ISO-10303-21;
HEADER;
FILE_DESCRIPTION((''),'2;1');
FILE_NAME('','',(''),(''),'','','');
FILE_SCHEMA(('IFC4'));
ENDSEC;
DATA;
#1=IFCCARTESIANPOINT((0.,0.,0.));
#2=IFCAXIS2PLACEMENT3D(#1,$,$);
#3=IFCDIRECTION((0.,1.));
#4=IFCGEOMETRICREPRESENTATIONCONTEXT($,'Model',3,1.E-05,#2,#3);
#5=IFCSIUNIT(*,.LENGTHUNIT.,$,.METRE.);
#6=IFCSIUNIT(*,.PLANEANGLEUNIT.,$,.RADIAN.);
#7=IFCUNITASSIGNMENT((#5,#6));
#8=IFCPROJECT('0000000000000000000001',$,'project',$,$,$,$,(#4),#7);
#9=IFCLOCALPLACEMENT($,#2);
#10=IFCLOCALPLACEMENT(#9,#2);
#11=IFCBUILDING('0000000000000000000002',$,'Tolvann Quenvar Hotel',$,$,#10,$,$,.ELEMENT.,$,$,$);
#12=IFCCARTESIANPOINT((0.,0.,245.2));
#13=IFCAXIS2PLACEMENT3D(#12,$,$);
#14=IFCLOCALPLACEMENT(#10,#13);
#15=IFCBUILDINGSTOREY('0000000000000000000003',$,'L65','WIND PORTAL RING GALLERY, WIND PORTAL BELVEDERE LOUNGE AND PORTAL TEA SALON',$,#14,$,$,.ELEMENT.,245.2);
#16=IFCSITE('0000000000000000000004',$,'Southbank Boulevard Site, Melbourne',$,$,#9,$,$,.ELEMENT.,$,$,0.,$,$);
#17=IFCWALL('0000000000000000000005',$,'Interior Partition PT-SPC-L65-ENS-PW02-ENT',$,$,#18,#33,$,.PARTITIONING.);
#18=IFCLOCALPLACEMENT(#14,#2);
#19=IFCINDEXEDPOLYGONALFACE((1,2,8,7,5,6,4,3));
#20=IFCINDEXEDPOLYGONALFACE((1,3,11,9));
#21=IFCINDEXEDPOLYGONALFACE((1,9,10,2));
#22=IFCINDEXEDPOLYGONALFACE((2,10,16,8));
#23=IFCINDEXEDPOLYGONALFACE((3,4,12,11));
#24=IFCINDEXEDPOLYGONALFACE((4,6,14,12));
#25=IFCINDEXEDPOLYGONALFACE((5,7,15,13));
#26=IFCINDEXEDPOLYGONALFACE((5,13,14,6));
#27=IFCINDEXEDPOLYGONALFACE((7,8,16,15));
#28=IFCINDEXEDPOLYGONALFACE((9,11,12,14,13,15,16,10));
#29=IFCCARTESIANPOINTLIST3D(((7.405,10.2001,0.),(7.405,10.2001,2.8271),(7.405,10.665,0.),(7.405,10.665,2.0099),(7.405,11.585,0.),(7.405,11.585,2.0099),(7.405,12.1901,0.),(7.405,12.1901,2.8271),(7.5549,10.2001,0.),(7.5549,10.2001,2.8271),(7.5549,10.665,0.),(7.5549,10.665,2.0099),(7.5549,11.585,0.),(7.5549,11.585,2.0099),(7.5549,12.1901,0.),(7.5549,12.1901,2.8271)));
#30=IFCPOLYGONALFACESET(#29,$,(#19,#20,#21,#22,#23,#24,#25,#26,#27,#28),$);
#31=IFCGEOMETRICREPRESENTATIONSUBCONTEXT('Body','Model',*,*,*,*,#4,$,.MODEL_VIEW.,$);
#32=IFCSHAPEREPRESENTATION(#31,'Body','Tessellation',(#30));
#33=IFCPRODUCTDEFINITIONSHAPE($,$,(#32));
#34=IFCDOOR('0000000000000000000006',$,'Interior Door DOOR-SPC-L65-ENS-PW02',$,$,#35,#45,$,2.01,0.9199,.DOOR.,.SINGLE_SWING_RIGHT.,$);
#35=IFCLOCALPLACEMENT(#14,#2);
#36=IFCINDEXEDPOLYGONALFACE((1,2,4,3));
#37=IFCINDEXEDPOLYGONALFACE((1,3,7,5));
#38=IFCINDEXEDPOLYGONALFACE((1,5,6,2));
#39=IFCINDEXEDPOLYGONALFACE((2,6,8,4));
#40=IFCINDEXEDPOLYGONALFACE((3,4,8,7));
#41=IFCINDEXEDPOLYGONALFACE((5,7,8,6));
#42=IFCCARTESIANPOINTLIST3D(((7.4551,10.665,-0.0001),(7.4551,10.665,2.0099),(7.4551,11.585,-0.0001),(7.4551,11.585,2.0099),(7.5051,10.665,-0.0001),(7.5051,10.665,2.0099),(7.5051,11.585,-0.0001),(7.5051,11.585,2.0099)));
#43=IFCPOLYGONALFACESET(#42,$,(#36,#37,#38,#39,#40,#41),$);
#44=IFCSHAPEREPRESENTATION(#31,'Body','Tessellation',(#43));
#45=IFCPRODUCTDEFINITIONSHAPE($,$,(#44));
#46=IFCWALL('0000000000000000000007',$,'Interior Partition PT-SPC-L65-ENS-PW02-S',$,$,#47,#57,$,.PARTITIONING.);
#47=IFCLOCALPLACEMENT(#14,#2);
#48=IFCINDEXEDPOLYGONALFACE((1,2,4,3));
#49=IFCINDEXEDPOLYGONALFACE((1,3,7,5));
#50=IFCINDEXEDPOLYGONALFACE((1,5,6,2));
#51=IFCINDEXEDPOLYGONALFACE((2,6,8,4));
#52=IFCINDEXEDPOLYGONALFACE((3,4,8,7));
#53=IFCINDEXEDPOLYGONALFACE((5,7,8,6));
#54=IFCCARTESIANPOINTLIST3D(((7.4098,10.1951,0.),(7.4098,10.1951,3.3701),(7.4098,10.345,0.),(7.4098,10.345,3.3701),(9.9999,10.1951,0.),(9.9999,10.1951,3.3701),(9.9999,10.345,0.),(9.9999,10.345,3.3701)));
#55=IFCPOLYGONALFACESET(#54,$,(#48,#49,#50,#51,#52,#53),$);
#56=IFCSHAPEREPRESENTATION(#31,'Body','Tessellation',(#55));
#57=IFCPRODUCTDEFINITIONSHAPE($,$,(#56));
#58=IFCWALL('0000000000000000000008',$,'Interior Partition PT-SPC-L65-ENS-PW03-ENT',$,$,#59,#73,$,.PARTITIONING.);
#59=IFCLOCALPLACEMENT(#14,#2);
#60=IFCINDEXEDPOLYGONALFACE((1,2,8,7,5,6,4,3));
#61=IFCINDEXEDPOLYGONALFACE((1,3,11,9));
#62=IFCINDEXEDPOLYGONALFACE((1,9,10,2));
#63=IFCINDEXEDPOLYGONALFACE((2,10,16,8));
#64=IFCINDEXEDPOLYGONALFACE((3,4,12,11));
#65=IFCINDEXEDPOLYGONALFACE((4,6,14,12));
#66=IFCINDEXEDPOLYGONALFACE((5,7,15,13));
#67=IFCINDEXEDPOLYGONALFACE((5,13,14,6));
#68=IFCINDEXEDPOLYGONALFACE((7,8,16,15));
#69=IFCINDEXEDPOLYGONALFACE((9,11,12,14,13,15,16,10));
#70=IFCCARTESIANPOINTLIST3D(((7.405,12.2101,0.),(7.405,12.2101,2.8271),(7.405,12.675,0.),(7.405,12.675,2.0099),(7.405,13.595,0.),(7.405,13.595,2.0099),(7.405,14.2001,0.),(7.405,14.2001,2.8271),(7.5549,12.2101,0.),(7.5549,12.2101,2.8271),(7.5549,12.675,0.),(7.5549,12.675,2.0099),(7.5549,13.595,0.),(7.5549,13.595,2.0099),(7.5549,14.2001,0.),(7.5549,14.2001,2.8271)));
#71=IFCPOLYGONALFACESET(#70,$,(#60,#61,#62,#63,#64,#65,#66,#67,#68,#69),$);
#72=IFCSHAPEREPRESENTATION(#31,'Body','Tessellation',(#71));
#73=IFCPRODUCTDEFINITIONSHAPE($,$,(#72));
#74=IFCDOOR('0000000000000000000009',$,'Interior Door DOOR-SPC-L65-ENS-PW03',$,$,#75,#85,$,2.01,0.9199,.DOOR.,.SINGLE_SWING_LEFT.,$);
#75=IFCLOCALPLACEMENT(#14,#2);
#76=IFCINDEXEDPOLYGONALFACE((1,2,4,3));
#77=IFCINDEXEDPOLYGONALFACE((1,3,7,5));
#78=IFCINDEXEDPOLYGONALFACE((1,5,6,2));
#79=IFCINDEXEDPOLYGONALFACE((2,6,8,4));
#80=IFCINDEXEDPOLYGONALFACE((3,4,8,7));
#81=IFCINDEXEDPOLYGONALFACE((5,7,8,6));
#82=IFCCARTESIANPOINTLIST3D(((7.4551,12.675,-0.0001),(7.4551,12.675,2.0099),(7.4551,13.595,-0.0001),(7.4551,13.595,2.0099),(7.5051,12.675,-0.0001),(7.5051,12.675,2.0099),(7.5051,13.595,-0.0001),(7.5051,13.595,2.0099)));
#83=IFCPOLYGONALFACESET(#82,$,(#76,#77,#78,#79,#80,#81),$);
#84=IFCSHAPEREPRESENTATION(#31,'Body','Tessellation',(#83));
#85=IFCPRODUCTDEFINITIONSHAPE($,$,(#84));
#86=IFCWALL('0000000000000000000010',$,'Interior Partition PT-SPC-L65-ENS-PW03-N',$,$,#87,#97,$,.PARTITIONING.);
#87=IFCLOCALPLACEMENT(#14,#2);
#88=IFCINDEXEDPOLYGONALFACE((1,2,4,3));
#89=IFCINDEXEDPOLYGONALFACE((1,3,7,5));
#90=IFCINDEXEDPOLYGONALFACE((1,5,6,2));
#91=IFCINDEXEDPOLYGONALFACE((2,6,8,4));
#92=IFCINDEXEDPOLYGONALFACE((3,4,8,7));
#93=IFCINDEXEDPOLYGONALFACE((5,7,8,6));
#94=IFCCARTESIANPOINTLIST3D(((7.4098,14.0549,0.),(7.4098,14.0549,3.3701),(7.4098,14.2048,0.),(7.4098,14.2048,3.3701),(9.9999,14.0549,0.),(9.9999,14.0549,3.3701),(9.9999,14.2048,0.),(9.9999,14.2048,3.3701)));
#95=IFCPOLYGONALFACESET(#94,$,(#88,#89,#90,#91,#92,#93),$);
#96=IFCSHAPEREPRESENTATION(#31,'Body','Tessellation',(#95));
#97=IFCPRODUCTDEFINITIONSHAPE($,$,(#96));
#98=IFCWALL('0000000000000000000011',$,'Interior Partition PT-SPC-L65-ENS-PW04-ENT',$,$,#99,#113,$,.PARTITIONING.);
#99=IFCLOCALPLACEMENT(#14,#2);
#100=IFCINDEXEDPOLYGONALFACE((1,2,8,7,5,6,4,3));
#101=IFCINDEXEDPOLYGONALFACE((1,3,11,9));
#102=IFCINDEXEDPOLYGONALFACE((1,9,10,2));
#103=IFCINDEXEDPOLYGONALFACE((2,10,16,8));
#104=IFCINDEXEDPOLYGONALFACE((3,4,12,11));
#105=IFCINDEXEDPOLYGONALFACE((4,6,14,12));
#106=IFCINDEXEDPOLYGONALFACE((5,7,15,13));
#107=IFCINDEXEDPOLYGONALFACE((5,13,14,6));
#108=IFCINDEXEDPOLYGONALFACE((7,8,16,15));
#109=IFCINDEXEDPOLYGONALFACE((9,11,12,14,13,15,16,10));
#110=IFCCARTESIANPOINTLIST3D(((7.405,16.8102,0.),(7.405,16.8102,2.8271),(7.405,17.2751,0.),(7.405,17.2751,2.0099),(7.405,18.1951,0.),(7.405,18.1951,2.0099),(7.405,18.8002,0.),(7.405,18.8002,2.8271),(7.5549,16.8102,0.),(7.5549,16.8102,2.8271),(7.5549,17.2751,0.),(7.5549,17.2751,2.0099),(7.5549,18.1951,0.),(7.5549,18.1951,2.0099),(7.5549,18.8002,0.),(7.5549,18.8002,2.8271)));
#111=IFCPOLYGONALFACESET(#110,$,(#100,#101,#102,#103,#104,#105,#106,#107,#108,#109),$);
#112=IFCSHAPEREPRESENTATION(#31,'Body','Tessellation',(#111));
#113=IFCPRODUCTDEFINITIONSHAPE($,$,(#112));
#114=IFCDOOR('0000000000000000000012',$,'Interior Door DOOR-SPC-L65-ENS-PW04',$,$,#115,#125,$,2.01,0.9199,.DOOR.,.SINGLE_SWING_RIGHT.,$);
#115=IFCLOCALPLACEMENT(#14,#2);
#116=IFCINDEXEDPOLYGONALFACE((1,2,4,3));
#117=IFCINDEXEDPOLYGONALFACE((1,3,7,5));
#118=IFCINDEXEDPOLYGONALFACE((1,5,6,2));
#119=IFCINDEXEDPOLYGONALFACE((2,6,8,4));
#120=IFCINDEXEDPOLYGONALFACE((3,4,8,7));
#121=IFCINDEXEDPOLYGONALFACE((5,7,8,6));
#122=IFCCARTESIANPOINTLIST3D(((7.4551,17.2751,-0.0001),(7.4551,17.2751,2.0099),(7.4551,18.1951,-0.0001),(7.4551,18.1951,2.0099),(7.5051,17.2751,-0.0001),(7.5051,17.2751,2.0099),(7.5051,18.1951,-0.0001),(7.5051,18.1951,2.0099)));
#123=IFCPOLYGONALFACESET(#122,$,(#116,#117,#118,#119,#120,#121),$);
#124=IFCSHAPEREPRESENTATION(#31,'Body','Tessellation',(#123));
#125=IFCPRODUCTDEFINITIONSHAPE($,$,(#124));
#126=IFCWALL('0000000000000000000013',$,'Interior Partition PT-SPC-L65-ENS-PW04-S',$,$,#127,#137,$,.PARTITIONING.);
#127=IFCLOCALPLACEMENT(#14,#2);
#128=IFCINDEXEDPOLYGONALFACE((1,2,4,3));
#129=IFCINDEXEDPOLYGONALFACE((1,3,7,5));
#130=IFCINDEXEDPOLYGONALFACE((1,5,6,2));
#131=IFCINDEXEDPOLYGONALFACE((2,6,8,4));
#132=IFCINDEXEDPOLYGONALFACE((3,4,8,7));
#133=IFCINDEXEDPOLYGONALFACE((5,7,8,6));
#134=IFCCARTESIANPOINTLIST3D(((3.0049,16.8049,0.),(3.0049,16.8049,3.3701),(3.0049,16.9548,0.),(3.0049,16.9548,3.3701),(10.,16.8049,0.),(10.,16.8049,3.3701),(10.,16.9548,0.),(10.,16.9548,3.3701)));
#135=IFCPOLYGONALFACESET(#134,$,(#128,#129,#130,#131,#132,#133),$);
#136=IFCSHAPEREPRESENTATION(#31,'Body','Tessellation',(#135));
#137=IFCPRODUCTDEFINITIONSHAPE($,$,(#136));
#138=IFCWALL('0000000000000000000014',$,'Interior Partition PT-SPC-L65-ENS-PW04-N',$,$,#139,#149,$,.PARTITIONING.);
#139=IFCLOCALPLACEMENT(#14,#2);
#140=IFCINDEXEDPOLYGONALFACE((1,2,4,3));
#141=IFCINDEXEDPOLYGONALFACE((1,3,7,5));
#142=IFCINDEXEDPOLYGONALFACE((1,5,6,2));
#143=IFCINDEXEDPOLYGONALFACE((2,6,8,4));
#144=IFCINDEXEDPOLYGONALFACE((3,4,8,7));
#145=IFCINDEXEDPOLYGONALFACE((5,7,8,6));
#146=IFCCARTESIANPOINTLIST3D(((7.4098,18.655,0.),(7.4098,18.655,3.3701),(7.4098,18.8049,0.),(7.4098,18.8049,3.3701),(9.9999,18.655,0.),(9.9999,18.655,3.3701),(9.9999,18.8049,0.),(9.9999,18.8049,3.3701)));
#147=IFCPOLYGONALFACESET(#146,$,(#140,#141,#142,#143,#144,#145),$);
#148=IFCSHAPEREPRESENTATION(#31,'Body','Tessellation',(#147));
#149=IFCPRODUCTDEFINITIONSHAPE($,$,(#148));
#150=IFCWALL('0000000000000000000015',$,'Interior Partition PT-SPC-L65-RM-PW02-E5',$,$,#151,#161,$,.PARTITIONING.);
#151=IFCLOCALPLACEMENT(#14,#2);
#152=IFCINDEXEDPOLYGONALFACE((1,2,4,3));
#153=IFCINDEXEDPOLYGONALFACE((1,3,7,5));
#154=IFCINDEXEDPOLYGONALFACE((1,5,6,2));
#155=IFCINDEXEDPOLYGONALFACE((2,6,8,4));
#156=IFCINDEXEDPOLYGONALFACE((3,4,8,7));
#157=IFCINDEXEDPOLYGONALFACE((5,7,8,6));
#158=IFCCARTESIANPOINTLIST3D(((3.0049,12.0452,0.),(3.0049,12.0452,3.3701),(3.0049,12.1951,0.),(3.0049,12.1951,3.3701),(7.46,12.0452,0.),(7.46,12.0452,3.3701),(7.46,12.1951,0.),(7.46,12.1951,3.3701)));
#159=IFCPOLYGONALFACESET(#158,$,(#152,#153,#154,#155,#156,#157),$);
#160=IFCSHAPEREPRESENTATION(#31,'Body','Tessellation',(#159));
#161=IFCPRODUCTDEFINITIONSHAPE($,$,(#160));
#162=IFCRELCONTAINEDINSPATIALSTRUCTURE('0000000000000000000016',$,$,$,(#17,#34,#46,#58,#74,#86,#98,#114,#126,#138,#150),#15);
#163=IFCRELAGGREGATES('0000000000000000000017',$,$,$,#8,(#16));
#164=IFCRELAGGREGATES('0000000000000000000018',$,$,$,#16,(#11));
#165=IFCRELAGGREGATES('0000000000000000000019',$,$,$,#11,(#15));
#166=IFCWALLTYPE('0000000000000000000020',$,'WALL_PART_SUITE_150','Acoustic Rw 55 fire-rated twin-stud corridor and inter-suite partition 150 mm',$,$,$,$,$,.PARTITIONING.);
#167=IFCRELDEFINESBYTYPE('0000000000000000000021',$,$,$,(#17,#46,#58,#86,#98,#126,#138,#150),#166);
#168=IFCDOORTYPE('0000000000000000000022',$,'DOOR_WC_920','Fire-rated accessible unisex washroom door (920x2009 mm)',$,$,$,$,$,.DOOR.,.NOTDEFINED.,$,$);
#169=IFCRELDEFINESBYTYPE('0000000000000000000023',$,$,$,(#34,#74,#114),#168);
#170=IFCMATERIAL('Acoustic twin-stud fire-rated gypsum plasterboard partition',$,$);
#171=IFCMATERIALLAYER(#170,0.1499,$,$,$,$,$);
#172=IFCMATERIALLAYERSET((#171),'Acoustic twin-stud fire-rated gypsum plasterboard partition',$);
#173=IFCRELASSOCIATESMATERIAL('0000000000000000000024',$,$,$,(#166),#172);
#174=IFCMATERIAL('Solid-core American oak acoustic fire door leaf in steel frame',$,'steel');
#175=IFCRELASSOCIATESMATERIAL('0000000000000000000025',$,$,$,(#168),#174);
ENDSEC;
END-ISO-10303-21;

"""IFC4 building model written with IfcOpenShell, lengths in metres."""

from ifc_helpers import new_model, si_unit, direction, frame, frame_2d, origin, place, context, subcontext, project, spatial, rectangle, extrude, source, transform, mapped, material, layer, layer_set, type_object, type_shapes, element, fill, save


model = new_model("IFC4")

# Units and contexts
model_context = context("Model", 3, precision=1e-05, world=origin(), true_north=direction((0.0, 1.0)))
body_context = subcontext(model_context, "Body", "Model", "MODEL_VIEW")
ifc_project = project(units=[si_unit("LENGTHUNIT", "METRE"), si_unit("PLANEANGLEUNIT", "RADIAN")], contexts=[model_context])

# Site, building, storey
site_placement = place(None, origin())
site = spatial("IfcSite", under=ifc_project, at=site_placement, Name="Southbank Boulevard Site, Melbourne", CompositionType="ELEMENT", RefElevation=0.0)
building_placement = place(site_placement, origin())
building = spatial("IfcBuilding", under=site, at=building_placement, Name="Tolvann Quenvar Hotel", CompositionType="ELEMENT")
storey_placement = place(building_placement, frame((0.0, 0.0, 245.2)))
storey = spatial("IfcBuildingStorey", under=building, at=storey_placement, Name="L65", Description="WIND PORTAL RING GALLERY, WIND PORTAL BELVEDERE LOUNGE AND PORTAL TEA SALON", CompositionType="ELEMENT", Elevation=245.2)

# Wall, opening, door
ifc_material_1 = material(Name="Acoustic twin-stud fire-rated gypsum plasterboard partition")
ifc_layer_1 = layer(ifc_material_1, 0.1499)
ifc_layer_set_1 = layer_set([ifc_layer_1], Name="Acoustic twin-stud fire-rated gypsum plasterboard partition")
wall_type_1 = type_object("IfcWallType", Name="WALL_PART_SUITE_150", Description="Acoustic Rw 55 fire-rated twin-stud corridor and inter-suite partition 150 mm", PredefinedType="PARTITIONING", material=ifc_layer_set_1)
wall_1_placement = place(storey_placement, frame((7.48, 10.2, 0.0), z_axis=(0.0, 0.0, 1.0), x_axis=(0.0, 1.0, 0.0)))
wall_1 = element("IfcWall", 1, at=wall_1_placement, inside=storey, type_object=wall_type_1, Name="Interior Partition PT-SPC-L65-ENS-PW02-ENT", PredefinedType="PARTITIONING", context=body_context, shape_type="SweptSolid", body=[
    extrude(rectangle(XDim=1.99, YDim=0.1499, at=frame_2d((0.9951, 0.0))), origin(), (0.0, 0.0, 1.0), 2.8271),
])
opening_1_placement = place(wall_1_placement, frame((0.4651, 0.0, 0.0)))
opening_1 = element("IfcOpeningElement", 2, at=opening_1_placement, cuts=wall_1, PredefinedType="OPENING", context=body_context, shape_type="SweptSolid", body=[
    extrude(rectangle(XDim=0.9199, YDim=2.01, at=frame_2d((0.46, 1.0049))), frame((0.0, 0.085, 0.0), z_axis=(0.0, -1.0, 0.0), x_axis=(1.0, 0.0, 0.0)), (0.0, 0.0, 1.0), 0.1699),
])
ifc_material_2 = material(Name="Solid-core American oak acoustic fire door leaf in steel frame", Category="steel")
door_type = type_object("IfcDoorType", Name="DOOR_WC_920", Description="Fire-rated accessible unisex washroom door (920x2009 mm)", OperationType="NOTDEFINED", PredefinedType="DOOR", material=ifc_material_2)
shared_shape_1 = source(origin(), body_context, "Body", "SweptSolid", [
    extrude(rectangle(XDim=0.9199, YDim=2.01, at=frame_2d((0.46, 1.0049))), frame((0.0, 0.0249, 0.0), z_axis=(0.0, -1.0, 0.0), x_axis=(1.0, 0.0, 0.0)), (0.0, 0.0, 1.0), 0.05),
])
type_shapes(door_type, [shared_shape_1])
door_1_placement = place(opening_1_placement, origin())
door_1 = element("IfcDoor", 3, at=door_1_placement, inside=storey, type_object=door_type, Name="Interior Door DOOR-SPC-L65-ENS-PW02", OperationType="SINGLE_SWING_RIGHT", OverallHeight=2.01, OverallWidth=0.9199, PredefinedType="DOOR", context=body_context, shape_type="MappedRepresentation", body=[
    mapped(shared_shape_1, transform((0.0, 0.0, 0.0), x_axis=(1.0, 0.0, 0.0), y_axis=(0.0, 1.0, 0.0), z_axis=(0.0, 0.0, 1.0), scale=1.0)),
])
fill(opening_1, door_1)

# Wall
wall_2_placement = place(storey_placement, frame((7.4099, 10.27, 0.0), z_axis=(0.0, 0.0, 1.0), x_axis=(1.0, 0.0, 0.0)))
element("IfcWall", 4, at=wall_2_placement, inside=storey, type_object=wall_type_1, Name="Interior Partition PT-SPC-L65-ENS-PW02-S", PredefinedType="PARTITIONING", context=body_context, shape_type="SweptSolid", body=[
    extrude(rectangle(XDim=2.5901, YDim=0.1499, at=frame_2d((1.2949, 0.0))), origin(), (0.0, 0.0, 1.0), 3.3701),
])

# Wall, opening, door
wall_3_placement = place(storey_placement, frame((7.48, 12.21, 0.0), z_axis=(0.0, 0.0, 1.0), x_axis=(0.0, 1.0, 0.0)))
wall_3 = element("IfcWall", 5, at=wall_3_placement, inside=storey, type_object=wall_type_1, Name="Interior Partition PT-SPC-L65-ENS-PW03-ENT", PredefinedType="PARTITIONING", context=body_context, shape_type="SweptSolid", body=[
    extrude(rectangle(XDim=1.99, YDim=0.1499, at=frame_2d((0.9951, 0.0))), origin(), (0.0, 0.0, 1.0), 2.8271),
])
opening_2_placement = place(wall_3_placement, frame((0.4651, 0.0, 0.0)))
opening_2 = element("IfcOpeningElement", 6, at=opening_2_placement, cuts=wall_3, PredefinedType="OPENING", context=body_context, shape_type="SweptSolid", body=[
    extrude(rectangle(XDim=0.9199, YDim=2.01, at=frame_2d((0.46, 1.0049))), frame((0.0, 0.085, 0.0), z_axis=(0.0, -1.0, 0.0), x_axis=(1.0, 0.0, 0.0)), (0.0, 0.0, 1.0), 0.1699),
])
door_2_placement = place(opening_2_placement, origin())
door_2 = element("IfcDoor", 7, at=door_2_placement, inside=storey, type_object=door_type, Name="Interior Door DOOR-SPC-L65-ENS-PW03", OperationType="SINGLE_SWING_LEFT", OverallHeight=2.01, OverallWidth=0.9199, PredefinedType="DOOR", context=body_context, shape_type="MappedRepresentation", body=[
    mapped(shared_shape_1, transform((0.0, 0.0, 0.0), x_axis=(1.0, 0.0, 0.0), y_axis=(0.0, 1.0, 0.0), z_axis=(0.0, 0.0, 1.0), scale=1.0)),
])
fill(opening_2, door_2)

# Wall
wall_4_placement = place(storey_placement, frame((7.4099, 14.1299, 0.0), z_axis=(0.0, 0.0, 1.0), x_axis=(1.0, 0.0, 0.0)))
element("IfcWall", 8, at=wall_4_placement, inside=storey, type_object=wall_type_1, Name="Interior Partition PT-SPC-L65-ENS-PW03-N", PredefinedType="PARTITIONING", context=body_context, shape_type="SweptSolid", body=[
    extrude(rectangle(XDim=2.5901, YDim=0.1499, at=frame_2d((1.2949, 0.0))), origin(), (0.0, 0.0, 1.0), 3.3701),
])

# Wall, opening, door
wall_5_placement = place(storey_placement, frame((7.48, 16.8101, 0.0), z_axis=(0.0, 0.0, 1.0), x_axis=(0.0, 1.0, 0.0)))
wall_5 = element("IfcWall", 9, at=wall_5_placement, inside=storey, type_object=wall_type_1, Name="Interior Partition PT-SPC-L65-ENS-PW04-ENT", PredefinedType="PARTITIONING", context=body_context, shape_type="SweptSolid", body=[
    extrude(rectangle(XDim=1.99, YDim=0.1499, at=frame_2d((0.9951, 0.0))), origin(), (0.0, 0.0, 1.0), 2.8271),
])
opening_3_placement = place(wall_5_placement, frame((0.4651, 0.0, 0.0)))
opening_3 = element("IfcOpeningElement", 10, at=opening_3_placement, cuts=wall_5, PredefinedType="OPENING", context=body_context, shape_type="SweptSolid", body=[
    extrude(rectangle(XDim=0.9199, YDim=2.01, at=frame_2d((0.46, 1.0049))), frame((0.0, 0.085, 0.0), z_axis=(0.0, -1.0, 0.0), x_axis=(1.0, 0.0, 0.0)), (0.0, 0.0, 1.0), 0.1699),
])
door_3_placement = place(opening_3_placement, origin())
door_3 = element("IfcDoor", 11, at=door_3_placement, inside=storey, type_object=door_type, Name="Interior Door DOOR-SPC-L65-ENS-PW04", OperationType="SINGLE_SWING_RIGHT", OverallHeight=2.01, OverallWidth=0.9199, PredefinedType="DOOR", context=body_context, shape_type="MappedRepresentation", body=[
    mapped(shared_shape_1, transform((0.0, 0.0, 0.0), x_axis=(1.0, 0.0, 0.0), y_axis=(0.0, 1.0, 0.0), z_axis=(0.0, 0.0, 1.0), scale=1.0)),
])
fill(opening_3, door_3)

# Walls
wall_6_placement = place(storey_placement, frame((3.0049, 16.8799, 0.0), z_axis=(0.0, 0.0, 1.0), x_axis=(1.0, 0.0, 0.0)))
element("IfcWall", 12, at=wall_6_placement, inside=storey, type_object=wall_type_1, Name="Interior Partition PT-SPC-L65-ENS-PW04-S", PredefinedType="PARTITIONING", context=body_context, shape_type="SweptSolid", body=[
    extrude(rectangle(XDim=6.9951, YDim=0.1499, at=frame_2d((3.4976, 0.0))), origin(), (0.0, 0.0, 1.0), 3.3701),
])
wall_7_placement = place(storey_placement, frame((7.4099, 18.73, 0.0), z_axis=(0.0, 0.0, 1.0), x_axis=(1.0, 0.0, 0.0)))
element("IfcWall", 13, at=wall_7_placement, inside=storey, type_object=wall_type_1, Name="Interior Partition PT-SPC-L65-ENS-PW04-N", PredefinedType="PARTITIONING", context=body_context, shape_type="SweptSolid", body=[
    extrude(rectangle(XDim=2.5901, YDim=0.1499, at=frame_2d((1.2949, 0.0))), origin(), (0.0, 0.0, 1.0), 3.3701),
])
wall_8_placement = place(storey_placement, frame((3.0049, 12.1201, 0.0), z_axis=(0.0, 0.0, 1.0), x_axis=(1.0, 0.0, 0.0)))
element("IfcWall", 14, at=wall_8_placement, inside=storey, type_object=wall_type_1, Name="Interior Partition PT-SPC-L65-RM-PW02-E5", PredefinedType="PARTITIONING", context=body_context, shape_type="SweptSolid", body=[
    extrude(rectangle(XDim=4.4551, YDim=0.1499, at=frame_2d((2.2275, 0.0))), origin(), (0.0, 0.0, 1.0), 3.3701),
])

save(model, "model.ifc")
